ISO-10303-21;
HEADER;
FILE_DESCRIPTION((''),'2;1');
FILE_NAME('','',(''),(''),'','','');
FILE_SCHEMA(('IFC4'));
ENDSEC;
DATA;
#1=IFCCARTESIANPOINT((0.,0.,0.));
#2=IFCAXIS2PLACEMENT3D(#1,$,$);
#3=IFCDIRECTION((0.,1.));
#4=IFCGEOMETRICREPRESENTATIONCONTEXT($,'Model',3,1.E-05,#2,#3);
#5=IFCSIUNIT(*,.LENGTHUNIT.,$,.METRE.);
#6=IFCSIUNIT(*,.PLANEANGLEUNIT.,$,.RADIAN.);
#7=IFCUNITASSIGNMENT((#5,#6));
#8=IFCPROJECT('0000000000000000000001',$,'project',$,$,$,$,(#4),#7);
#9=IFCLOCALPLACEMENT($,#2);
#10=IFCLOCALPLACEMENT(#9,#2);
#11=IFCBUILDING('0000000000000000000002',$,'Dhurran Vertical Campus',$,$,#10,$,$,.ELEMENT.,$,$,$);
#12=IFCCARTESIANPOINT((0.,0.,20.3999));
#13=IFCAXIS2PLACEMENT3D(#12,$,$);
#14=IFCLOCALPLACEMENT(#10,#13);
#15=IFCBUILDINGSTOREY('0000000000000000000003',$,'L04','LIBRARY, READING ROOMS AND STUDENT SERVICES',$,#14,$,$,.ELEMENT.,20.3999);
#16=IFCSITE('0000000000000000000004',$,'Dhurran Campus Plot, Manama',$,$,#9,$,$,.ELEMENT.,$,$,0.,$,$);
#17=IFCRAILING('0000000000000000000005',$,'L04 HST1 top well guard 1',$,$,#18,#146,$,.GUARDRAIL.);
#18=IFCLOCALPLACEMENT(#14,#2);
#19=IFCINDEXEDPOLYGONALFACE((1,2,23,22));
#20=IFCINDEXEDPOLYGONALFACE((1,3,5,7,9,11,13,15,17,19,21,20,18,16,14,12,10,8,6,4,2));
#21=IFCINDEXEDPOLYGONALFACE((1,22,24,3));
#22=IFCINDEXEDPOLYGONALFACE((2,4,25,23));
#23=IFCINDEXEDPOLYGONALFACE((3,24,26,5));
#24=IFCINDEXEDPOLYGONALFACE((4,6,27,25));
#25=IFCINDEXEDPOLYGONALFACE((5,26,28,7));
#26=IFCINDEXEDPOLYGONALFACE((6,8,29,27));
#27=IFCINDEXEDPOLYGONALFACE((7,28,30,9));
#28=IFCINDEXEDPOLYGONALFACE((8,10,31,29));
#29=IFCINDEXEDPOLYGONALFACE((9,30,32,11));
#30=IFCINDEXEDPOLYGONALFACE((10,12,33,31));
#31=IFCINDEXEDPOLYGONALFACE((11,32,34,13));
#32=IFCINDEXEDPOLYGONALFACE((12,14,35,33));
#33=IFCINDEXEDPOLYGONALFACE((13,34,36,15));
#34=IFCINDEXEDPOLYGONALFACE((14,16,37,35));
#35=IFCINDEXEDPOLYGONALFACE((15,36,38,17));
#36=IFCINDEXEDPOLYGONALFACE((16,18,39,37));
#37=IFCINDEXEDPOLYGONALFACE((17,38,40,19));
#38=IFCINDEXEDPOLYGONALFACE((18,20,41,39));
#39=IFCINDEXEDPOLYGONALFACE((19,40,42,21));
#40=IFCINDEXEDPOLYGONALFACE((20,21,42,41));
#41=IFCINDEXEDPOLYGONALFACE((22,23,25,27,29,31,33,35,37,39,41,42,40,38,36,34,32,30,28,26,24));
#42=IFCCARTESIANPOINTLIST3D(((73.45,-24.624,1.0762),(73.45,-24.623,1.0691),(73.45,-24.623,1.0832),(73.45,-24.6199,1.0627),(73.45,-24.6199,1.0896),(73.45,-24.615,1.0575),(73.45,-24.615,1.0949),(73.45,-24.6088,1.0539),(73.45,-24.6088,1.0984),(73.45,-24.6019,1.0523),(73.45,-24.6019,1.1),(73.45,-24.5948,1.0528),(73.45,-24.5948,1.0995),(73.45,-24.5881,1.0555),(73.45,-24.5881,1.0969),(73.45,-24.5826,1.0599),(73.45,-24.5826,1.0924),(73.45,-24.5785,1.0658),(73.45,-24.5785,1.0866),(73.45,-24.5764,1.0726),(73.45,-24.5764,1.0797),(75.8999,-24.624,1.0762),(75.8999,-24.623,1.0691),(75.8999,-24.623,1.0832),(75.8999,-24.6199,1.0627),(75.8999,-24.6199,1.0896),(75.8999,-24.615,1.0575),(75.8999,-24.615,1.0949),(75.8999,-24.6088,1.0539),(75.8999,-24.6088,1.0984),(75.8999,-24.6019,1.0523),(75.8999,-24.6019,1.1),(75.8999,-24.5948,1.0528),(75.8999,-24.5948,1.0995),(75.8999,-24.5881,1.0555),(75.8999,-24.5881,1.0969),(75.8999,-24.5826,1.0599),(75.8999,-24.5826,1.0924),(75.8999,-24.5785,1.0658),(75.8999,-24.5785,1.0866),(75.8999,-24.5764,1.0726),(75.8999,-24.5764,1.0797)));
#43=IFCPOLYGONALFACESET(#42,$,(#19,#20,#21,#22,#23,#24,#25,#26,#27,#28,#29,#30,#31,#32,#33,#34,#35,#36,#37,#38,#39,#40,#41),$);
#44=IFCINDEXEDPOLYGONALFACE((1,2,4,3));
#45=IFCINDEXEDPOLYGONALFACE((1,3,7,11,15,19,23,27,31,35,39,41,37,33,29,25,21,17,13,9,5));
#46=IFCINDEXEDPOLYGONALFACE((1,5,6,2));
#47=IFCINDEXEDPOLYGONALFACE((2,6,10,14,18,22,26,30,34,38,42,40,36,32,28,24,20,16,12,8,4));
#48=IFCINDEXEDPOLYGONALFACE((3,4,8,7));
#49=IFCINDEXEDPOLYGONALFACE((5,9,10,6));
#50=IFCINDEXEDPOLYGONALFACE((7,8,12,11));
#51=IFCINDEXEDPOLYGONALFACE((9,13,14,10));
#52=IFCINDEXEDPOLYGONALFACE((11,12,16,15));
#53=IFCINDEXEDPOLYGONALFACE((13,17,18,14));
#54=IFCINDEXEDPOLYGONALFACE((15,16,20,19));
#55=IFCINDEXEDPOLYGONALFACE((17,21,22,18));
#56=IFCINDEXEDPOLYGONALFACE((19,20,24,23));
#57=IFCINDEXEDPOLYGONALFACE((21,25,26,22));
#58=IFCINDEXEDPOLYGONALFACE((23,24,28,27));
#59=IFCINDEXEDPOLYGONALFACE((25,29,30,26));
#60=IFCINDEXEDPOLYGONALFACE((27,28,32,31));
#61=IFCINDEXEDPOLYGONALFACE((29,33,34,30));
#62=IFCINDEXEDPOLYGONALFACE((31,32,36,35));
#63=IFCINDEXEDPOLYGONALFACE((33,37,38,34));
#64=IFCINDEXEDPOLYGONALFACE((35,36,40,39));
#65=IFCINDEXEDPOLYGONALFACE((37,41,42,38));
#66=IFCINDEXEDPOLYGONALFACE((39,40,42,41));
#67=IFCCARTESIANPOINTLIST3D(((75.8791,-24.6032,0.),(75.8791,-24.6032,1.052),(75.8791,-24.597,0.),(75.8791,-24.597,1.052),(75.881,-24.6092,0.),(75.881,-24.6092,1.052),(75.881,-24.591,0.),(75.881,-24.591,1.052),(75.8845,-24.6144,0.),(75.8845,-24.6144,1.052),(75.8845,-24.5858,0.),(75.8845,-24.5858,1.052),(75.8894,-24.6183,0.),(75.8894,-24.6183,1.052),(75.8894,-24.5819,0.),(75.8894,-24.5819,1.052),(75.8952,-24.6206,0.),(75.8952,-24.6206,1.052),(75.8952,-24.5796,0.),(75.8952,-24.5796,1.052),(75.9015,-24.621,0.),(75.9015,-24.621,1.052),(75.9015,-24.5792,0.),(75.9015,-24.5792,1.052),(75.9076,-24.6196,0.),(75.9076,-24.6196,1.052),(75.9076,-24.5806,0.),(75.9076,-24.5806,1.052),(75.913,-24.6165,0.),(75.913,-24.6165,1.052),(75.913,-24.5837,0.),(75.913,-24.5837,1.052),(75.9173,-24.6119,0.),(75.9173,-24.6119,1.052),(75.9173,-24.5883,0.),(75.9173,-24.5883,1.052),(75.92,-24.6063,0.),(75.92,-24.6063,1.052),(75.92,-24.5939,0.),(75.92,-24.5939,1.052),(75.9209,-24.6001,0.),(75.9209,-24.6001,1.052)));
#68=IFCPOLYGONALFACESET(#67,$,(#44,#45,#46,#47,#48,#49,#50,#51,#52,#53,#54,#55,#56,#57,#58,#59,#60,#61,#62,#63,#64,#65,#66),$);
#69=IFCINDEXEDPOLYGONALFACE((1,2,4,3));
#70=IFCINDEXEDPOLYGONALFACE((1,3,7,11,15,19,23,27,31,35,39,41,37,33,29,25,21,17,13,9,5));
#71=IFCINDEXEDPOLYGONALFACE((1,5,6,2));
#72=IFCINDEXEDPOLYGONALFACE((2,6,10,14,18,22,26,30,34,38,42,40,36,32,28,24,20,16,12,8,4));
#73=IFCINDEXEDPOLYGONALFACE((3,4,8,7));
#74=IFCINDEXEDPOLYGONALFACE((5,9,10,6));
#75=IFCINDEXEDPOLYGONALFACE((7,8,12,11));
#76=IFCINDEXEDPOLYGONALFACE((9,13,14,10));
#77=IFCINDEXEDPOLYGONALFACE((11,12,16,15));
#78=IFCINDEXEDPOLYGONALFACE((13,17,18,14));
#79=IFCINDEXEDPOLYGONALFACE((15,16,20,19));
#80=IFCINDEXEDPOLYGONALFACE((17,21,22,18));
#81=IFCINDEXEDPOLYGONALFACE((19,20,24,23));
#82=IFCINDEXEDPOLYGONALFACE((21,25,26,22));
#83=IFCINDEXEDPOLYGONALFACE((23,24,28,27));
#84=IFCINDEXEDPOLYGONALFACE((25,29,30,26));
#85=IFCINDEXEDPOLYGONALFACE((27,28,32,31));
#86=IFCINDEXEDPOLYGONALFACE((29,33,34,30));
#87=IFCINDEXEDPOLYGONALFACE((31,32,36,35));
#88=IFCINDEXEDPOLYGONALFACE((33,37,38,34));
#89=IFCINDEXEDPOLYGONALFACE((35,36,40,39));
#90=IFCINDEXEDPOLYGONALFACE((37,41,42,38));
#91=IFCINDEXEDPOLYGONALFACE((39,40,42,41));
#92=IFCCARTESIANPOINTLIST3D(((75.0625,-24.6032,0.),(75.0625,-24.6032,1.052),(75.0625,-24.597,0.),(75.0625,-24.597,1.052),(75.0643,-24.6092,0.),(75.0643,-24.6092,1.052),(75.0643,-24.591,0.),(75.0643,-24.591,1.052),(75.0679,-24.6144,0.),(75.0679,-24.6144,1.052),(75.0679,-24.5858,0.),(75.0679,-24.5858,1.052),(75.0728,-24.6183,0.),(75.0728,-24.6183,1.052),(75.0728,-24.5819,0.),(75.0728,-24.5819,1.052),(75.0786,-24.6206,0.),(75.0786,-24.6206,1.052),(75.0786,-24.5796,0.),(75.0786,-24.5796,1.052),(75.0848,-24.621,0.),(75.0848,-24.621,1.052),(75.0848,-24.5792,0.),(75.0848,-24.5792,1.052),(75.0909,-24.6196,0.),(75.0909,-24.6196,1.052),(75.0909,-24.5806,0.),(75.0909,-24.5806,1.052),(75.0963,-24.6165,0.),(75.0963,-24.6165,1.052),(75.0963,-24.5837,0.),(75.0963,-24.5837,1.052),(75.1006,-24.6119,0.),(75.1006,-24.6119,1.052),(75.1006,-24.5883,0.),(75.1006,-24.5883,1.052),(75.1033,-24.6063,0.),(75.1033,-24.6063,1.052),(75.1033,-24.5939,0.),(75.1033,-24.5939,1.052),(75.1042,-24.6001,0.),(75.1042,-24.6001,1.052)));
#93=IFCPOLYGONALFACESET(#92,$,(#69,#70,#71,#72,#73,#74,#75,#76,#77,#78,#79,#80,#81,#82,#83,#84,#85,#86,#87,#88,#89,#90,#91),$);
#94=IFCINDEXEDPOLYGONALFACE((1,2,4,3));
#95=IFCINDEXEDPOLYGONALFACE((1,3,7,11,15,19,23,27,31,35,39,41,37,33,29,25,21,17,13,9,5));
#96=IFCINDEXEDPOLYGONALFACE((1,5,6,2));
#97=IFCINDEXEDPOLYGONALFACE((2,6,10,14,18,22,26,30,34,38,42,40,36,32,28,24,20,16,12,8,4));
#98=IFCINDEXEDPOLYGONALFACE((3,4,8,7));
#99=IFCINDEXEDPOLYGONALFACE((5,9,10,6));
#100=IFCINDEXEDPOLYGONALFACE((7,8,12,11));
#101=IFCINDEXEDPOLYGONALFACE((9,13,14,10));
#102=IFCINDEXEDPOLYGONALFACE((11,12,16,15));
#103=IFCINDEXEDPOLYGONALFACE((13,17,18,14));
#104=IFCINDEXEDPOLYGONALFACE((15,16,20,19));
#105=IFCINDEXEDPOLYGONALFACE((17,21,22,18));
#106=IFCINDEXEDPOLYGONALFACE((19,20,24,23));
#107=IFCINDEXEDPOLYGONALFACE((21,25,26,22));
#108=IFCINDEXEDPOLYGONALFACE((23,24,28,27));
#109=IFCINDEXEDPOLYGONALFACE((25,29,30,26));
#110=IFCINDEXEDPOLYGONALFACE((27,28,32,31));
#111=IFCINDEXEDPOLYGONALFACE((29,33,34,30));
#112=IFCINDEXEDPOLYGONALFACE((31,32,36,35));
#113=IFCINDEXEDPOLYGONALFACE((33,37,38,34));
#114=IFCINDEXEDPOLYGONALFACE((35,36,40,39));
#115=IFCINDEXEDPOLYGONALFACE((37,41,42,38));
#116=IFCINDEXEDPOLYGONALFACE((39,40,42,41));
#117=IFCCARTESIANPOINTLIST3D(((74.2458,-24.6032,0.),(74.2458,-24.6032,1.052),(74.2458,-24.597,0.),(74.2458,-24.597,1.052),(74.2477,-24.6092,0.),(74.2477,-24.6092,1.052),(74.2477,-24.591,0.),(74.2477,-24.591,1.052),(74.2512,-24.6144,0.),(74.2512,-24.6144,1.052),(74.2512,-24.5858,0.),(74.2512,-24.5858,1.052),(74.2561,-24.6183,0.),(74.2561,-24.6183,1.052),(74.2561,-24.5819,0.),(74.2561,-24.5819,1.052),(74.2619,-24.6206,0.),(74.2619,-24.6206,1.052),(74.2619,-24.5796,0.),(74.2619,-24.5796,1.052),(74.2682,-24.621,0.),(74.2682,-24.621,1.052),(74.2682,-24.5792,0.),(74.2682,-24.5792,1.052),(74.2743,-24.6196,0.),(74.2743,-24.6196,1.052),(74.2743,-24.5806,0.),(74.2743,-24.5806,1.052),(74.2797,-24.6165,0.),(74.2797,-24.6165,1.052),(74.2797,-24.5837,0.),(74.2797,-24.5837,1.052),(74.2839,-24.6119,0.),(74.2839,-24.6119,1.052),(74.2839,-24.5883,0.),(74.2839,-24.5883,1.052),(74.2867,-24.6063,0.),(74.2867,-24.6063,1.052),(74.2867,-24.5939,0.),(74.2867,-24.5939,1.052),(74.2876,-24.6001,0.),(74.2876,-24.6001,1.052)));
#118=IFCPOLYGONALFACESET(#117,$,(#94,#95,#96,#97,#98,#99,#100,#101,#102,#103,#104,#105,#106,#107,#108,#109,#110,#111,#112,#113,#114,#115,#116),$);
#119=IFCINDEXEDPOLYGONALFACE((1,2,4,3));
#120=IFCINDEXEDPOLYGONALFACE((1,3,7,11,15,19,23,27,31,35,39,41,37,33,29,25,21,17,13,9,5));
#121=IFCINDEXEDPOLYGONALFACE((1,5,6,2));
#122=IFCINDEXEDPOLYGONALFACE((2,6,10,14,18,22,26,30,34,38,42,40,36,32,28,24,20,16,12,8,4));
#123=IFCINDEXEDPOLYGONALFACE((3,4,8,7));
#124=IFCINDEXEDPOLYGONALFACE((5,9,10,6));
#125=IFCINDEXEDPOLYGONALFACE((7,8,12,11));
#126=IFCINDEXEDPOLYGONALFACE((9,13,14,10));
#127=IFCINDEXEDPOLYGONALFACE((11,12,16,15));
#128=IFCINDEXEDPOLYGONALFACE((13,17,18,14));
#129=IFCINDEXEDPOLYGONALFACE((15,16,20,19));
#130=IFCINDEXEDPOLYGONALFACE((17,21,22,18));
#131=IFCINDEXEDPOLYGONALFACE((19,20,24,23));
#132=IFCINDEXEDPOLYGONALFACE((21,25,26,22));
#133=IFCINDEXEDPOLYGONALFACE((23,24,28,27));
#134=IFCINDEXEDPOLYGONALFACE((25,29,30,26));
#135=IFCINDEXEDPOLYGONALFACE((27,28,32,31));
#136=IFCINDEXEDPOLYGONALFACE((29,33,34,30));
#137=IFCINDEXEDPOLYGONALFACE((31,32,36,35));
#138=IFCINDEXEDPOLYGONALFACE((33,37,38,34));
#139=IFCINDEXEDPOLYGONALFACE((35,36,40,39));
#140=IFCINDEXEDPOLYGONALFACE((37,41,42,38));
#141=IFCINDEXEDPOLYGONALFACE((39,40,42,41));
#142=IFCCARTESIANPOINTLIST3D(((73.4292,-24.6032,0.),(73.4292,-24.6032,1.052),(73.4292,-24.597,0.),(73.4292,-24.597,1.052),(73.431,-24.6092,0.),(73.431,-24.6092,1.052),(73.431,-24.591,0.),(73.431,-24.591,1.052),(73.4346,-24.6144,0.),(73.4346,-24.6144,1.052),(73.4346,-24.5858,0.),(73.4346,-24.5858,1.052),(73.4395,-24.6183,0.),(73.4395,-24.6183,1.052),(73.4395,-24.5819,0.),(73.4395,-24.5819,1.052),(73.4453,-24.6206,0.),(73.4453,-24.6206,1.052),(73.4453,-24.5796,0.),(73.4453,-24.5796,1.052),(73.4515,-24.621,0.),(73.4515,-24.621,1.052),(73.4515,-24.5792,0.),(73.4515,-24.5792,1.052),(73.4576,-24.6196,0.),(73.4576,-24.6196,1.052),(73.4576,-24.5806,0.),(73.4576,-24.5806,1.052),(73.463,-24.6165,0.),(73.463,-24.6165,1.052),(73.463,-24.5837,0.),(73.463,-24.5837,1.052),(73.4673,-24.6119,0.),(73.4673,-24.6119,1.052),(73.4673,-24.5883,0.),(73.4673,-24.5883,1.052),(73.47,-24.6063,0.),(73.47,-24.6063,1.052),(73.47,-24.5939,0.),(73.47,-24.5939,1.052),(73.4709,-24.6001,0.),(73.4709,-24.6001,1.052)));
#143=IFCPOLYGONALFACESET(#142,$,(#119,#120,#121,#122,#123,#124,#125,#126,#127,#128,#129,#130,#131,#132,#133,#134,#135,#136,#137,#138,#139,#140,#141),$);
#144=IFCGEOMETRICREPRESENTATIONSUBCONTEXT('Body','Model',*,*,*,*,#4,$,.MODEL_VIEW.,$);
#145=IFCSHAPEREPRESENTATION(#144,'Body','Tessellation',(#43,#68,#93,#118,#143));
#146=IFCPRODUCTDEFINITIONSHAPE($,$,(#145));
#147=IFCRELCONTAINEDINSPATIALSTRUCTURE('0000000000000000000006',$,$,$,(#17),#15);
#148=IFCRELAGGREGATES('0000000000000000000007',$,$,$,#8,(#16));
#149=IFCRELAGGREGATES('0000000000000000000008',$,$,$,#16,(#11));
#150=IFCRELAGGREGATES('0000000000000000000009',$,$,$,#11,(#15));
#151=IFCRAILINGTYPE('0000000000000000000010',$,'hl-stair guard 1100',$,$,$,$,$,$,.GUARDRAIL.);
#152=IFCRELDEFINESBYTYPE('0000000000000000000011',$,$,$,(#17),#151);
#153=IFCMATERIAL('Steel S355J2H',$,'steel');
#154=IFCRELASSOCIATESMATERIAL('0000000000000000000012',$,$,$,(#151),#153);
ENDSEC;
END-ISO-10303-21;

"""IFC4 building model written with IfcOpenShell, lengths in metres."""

from ifc_helpers import new_model, si_unit, direction, frame, origin, origin_2d, place, context, subcontext, project, spatial, circle, extrude, material, type_object, element, save


model = new_model("IFC4")

# Units and contexts
model_context = context("Model", 3, precision=1e-05, world=origin(), true_north=direction((0.0, 1.0)))
body_context = subcontext(model_context, "Body", "Model", "MODEL_VIEW")
ifc_project = project(units=[si_unit("LENGTHUNIT", "METRE"), si_unit("PLANEANGLEUNIT", "RADIAN")], contexts=[model_context])

# Site, building, storey
site_placement = place(None, origin())
site = spatial("IfcSite", under=ifc_project, at=site_placement, Name="Dhurran Campus Plot, Manama", CompositionType="ELEMENT", RefElevation=0.0)
building_placement = place(site_placement, origin())
building = spatial("IfcBuilding", under=site, at=building_placement, Name="Dhurran Vertical Campus", CompositionType="ELEMENT")
storey_placement = place(building_placement, frame((0.0, 0.0, 20.3999)))
storey = spatial("IfcBuildingStorey", under=building, at=storey_placement, Name="L04", Description="LIBRARY, READING ROOMS AND STUDENT SERVICES", CompositionType="ELEMENT", Elevation=20.3999)

# Railing
ifc_material_1 = material(Name="Steel S355J2H", Category="steel")
railing_type_1 = type_object("IfcRailingType", Name="hl-stair guard 1100", PredefinedType="GUARDRAIL", material=ifc_material_1)
railing_1_placement = place(storey_placement, frame((75.8999, -24.6001, 0.0)))
element("IfcRailing", 1, at=railing_1_placement, inside=storey, type_object=railing_type_1, Name="L04 HST1 top well guard 1", PredefinedType="GUARDRAIL", context=body_context, shape_type="SweptSolid", body=[
    extrude(circle(Radius=0.0239, at=origin_2d()), frame((0.0, 0.0, 1.0762), z_axis=(-1.0, 0.0, 0.0), x_axis=(0.0, -1.0, 0.0)), (0.0, 0.0, 1.0), 2.45),
    extrude(circle(Radius=0.021, at=origin_2d()), origin(), (0.0, 0.0, 1.0), 1.052),
    extrude(circle(Radius=0.021, at=origin_2d()), frame((-0.8167, 0.0, 0.0)), (0.0, 0.0, 1.0), 1.052),
    extrude(circle(Radius=0.021, at=origin_2d()), frame((-1.6333, 0.0, 0.0)), (0.0, 0.0, 1.0), 1.052),
    extrude(circle(Radius=0.021, at=origin_2d()), frame((-2.45, 0.0, 0.0)), (0.0, 0.0, 1.0), 1.052),
])

save(model, "model.ifc")
